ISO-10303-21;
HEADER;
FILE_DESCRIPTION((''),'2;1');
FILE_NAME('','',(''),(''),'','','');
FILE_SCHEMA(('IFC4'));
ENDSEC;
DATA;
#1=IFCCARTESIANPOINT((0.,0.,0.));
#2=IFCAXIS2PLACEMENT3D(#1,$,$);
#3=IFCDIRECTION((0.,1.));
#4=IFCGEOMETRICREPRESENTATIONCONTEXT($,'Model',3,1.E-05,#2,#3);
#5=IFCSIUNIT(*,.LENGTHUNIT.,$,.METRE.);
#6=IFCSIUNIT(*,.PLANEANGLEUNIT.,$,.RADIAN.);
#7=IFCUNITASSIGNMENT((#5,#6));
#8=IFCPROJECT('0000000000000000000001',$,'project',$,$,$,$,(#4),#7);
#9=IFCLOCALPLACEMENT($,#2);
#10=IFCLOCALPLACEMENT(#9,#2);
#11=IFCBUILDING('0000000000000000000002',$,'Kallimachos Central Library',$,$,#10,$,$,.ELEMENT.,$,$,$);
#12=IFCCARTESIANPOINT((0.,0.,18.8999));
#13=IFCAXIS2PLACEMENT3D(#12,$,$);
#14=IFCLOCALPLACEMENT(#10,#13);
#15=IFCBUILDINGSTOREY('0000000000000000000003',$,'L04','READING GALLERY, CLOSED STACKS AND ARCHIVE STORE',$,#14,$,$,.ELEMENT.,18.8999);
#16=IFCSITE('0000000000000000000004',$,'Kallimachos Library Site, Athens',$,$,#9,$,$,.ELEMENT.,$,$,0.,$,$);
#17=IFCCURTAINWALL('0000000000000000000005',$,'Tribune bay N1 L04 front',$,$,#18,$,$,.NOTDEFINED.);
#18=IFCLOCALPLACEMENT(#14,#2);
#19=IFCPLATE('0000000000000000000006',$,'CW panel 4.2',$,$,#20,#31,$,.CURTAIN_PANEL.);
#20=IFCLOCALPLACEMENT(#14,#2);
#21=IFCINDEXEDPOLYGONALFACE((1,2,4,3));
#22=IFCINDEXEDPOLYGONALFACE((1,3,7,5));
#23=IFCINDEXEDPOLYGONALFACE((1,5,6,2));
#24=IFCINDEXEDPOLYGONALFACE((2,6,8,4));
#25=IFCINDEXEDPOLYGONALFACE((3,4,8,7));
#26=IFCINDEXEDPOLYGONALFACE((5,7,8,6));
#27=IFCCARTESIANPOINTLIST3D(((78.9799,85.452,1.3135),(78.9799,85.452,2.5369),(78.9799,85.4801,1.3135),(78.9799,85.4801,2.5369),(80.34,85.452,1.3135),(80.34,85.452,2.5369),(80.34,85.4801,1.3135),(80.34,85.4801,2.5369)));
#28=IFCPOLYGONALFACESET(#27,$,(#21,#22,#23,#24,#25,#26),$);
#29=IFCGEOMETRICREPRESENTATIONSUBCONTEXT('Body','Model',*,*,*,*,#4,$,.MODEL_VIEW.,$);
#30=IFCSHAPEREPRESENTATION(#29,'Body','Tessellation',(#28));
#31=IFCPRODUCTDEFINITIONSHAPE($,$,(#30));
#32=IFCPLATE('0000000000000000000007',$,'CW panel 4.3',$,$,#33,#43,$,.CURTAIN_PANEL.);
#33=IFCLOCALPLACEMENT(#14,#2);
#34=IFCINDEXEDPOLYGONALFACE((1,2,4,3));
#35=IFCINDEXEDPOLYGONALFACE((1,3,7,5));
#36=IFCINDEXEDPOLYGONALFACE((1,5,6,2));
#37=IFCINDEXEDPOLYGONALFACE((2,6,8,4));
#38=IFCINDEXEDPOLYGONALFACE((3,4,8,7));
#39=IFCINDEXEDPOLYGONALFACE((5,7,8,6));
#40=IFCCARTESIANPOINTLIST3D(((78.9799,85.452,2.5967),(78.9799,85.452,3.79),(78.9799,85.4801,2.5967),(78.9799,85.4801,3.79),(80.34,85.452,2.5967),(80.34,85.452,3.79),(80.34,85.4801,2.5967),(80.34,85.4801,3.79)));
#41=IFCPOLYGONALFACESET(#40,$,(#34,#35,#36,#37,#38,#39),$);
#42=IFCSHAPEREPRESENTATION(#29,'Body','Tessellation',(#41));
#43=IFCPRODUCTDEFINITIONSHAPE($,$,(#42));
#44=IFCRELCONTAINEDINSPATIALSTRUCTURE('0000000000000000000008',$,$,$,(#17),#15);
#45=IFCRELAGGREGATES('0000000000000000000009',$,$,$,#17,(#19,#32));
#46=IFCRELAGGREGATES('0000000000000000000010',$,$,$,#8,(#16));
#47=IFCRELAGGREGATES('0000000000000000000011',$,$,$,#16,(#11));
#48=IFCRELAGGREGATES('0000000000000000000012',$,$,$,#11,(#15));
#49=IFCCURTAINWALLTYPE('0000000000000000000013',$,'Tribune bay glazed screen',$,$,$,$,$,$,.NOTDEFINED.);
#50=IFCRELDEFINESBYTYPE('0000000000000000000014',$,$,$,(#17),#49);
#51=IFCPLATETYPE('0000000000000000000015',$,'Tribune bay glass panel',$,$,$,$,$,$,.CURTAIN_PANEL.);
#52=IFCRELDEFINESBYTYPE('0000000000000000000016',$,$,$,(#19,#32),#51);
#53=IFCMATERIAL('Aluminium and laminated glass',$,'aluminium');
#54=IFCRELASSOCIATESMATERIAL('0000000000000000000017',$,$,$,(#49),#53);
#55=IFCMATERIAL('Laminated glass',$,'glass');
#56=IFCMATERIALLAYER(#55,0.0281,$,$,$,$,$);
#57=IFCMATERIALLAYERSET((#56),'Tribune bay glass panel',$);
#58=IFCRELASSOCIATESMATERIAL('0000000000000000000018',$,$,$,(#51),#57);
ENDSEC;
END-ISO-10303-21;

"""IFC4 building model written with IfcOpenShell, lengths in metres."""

from ifc_helpers import new_model, si_unit, direction, frame, origin, origin_2d, place, context, subcontext, project, spatial, rectangle, extrude, material, layer, layer_set, type_object, element, aggregate, save


model = new_model("IFC4")

# Units and contexts
model_context = context("Model", 3, precision=1e-05, world=origin(), true_north=direction((0.0, 1.0)))
body_context = subcontext(model_context, "Body", "Model", "MODEL_VIEW")
ifc_project = project(units=[si_unit("LENGTHUNIT", "METRE"), si_unit("PLANEANGLEUNIT", "RADIAN")], contexts=[model_context])

# Site, building, storey
site_placement = place(None, origin())
site = spatial("IfcSite", under=ifc_project, at=site_placement, Name="Kallimachos Library Site, Athens", CompositionType="ELEMENT", RefElevation=0.0)
building_placement = place(site_placement, origin())
building = spatial("IfcBuilding", under=site, at=building_placement, Name="Kallimachos Central Library", CompositionType="ELEMENT")
storey_placement = place(building_placement, frame((0.0, 0.0, 18.8999)))
storey = spatial("IfcBuildingStorey", under=building, at=storey_placement, Name="L04", Description="READING GALLERY, CLOSED STACKS AND ARCHIVE STORE", CompositionType="ELEMENT", Elevation=18.8999)

# Curtain wall, plates
ifc_material_1 = material(Name="Aluminium and laminated glass", Category="aluminium")
curtain_wall_type = type_object("IfcCurtainWallType", Name="Tribune bay glazed screen", PredefinedType="NOTDEFINED", material=ifc_material_1)
curtain_wall_placement = place(storey_placement, origin())
curtain_wall = element("IfcCurtainWall", 1, at=curtain_wall_placement, inside=storey, type_object=curtain_wall_type, Name="Tribune bay N1 L04 front", PredefinedType="NOTDEFINED")
ifc_material_2 = material(Name="Laminated glass", Category="glass")
ifc_layer = layer(ifc_material_2, 0.0281)
ifc_layer_set = layer_set([ifc_layer], Name="Tribune bay glass panel")
plate_type = type_object("IfcPlateType", Name="Tribune bay glass panel", PredefinedType="CURTAIN_PANEL", material=ifc_layer_set)
plate_1_placement = place(storey_placement, frame((79.6599, 85.4661, 1.3135), z_axis=(0.0, 0.0, 1.0), x_axis=(1.0, 0.0, 0.0)))
plate_1 = element("IfcPlate", 2, at=plate_1_placement, type_object=plate_type, Name="CW panel 4.2", PredefinedType="CURTAIN_PANEL", context=body_context, shape_type="SweptSolid", body=[
    extrude(rectangle(XDim=1.3601, YDim=0.0281, at=origin_2d()), origin(), (0.0, 0.0, 1.0), 1.2234),
])
plate_2_placement = place(storey_placement, frame((79.6599, 85.4661, 2.5967), z_axis=(0.0, 0.0, 1.0), x_axis=(1.0, 0.0, 0.0)))
plate_2 = element("IfcPlate", 3, at=plate_2_placement, type_object=plate_type, Name="CW panel 4.3", PredefinedType="CURTAIN_PANEL", context=body_context, shape_type="SweptSolid", body=[
    extrude(rectangle(XDim=1.3601, YDim=0.0281, at=origin_2d()), origin(), (0.0, 0.0, 1.0), 1.1934),
])
aggregate(curtain_wall, [plate_1, plate_2])

save(model, "model.ifc")
